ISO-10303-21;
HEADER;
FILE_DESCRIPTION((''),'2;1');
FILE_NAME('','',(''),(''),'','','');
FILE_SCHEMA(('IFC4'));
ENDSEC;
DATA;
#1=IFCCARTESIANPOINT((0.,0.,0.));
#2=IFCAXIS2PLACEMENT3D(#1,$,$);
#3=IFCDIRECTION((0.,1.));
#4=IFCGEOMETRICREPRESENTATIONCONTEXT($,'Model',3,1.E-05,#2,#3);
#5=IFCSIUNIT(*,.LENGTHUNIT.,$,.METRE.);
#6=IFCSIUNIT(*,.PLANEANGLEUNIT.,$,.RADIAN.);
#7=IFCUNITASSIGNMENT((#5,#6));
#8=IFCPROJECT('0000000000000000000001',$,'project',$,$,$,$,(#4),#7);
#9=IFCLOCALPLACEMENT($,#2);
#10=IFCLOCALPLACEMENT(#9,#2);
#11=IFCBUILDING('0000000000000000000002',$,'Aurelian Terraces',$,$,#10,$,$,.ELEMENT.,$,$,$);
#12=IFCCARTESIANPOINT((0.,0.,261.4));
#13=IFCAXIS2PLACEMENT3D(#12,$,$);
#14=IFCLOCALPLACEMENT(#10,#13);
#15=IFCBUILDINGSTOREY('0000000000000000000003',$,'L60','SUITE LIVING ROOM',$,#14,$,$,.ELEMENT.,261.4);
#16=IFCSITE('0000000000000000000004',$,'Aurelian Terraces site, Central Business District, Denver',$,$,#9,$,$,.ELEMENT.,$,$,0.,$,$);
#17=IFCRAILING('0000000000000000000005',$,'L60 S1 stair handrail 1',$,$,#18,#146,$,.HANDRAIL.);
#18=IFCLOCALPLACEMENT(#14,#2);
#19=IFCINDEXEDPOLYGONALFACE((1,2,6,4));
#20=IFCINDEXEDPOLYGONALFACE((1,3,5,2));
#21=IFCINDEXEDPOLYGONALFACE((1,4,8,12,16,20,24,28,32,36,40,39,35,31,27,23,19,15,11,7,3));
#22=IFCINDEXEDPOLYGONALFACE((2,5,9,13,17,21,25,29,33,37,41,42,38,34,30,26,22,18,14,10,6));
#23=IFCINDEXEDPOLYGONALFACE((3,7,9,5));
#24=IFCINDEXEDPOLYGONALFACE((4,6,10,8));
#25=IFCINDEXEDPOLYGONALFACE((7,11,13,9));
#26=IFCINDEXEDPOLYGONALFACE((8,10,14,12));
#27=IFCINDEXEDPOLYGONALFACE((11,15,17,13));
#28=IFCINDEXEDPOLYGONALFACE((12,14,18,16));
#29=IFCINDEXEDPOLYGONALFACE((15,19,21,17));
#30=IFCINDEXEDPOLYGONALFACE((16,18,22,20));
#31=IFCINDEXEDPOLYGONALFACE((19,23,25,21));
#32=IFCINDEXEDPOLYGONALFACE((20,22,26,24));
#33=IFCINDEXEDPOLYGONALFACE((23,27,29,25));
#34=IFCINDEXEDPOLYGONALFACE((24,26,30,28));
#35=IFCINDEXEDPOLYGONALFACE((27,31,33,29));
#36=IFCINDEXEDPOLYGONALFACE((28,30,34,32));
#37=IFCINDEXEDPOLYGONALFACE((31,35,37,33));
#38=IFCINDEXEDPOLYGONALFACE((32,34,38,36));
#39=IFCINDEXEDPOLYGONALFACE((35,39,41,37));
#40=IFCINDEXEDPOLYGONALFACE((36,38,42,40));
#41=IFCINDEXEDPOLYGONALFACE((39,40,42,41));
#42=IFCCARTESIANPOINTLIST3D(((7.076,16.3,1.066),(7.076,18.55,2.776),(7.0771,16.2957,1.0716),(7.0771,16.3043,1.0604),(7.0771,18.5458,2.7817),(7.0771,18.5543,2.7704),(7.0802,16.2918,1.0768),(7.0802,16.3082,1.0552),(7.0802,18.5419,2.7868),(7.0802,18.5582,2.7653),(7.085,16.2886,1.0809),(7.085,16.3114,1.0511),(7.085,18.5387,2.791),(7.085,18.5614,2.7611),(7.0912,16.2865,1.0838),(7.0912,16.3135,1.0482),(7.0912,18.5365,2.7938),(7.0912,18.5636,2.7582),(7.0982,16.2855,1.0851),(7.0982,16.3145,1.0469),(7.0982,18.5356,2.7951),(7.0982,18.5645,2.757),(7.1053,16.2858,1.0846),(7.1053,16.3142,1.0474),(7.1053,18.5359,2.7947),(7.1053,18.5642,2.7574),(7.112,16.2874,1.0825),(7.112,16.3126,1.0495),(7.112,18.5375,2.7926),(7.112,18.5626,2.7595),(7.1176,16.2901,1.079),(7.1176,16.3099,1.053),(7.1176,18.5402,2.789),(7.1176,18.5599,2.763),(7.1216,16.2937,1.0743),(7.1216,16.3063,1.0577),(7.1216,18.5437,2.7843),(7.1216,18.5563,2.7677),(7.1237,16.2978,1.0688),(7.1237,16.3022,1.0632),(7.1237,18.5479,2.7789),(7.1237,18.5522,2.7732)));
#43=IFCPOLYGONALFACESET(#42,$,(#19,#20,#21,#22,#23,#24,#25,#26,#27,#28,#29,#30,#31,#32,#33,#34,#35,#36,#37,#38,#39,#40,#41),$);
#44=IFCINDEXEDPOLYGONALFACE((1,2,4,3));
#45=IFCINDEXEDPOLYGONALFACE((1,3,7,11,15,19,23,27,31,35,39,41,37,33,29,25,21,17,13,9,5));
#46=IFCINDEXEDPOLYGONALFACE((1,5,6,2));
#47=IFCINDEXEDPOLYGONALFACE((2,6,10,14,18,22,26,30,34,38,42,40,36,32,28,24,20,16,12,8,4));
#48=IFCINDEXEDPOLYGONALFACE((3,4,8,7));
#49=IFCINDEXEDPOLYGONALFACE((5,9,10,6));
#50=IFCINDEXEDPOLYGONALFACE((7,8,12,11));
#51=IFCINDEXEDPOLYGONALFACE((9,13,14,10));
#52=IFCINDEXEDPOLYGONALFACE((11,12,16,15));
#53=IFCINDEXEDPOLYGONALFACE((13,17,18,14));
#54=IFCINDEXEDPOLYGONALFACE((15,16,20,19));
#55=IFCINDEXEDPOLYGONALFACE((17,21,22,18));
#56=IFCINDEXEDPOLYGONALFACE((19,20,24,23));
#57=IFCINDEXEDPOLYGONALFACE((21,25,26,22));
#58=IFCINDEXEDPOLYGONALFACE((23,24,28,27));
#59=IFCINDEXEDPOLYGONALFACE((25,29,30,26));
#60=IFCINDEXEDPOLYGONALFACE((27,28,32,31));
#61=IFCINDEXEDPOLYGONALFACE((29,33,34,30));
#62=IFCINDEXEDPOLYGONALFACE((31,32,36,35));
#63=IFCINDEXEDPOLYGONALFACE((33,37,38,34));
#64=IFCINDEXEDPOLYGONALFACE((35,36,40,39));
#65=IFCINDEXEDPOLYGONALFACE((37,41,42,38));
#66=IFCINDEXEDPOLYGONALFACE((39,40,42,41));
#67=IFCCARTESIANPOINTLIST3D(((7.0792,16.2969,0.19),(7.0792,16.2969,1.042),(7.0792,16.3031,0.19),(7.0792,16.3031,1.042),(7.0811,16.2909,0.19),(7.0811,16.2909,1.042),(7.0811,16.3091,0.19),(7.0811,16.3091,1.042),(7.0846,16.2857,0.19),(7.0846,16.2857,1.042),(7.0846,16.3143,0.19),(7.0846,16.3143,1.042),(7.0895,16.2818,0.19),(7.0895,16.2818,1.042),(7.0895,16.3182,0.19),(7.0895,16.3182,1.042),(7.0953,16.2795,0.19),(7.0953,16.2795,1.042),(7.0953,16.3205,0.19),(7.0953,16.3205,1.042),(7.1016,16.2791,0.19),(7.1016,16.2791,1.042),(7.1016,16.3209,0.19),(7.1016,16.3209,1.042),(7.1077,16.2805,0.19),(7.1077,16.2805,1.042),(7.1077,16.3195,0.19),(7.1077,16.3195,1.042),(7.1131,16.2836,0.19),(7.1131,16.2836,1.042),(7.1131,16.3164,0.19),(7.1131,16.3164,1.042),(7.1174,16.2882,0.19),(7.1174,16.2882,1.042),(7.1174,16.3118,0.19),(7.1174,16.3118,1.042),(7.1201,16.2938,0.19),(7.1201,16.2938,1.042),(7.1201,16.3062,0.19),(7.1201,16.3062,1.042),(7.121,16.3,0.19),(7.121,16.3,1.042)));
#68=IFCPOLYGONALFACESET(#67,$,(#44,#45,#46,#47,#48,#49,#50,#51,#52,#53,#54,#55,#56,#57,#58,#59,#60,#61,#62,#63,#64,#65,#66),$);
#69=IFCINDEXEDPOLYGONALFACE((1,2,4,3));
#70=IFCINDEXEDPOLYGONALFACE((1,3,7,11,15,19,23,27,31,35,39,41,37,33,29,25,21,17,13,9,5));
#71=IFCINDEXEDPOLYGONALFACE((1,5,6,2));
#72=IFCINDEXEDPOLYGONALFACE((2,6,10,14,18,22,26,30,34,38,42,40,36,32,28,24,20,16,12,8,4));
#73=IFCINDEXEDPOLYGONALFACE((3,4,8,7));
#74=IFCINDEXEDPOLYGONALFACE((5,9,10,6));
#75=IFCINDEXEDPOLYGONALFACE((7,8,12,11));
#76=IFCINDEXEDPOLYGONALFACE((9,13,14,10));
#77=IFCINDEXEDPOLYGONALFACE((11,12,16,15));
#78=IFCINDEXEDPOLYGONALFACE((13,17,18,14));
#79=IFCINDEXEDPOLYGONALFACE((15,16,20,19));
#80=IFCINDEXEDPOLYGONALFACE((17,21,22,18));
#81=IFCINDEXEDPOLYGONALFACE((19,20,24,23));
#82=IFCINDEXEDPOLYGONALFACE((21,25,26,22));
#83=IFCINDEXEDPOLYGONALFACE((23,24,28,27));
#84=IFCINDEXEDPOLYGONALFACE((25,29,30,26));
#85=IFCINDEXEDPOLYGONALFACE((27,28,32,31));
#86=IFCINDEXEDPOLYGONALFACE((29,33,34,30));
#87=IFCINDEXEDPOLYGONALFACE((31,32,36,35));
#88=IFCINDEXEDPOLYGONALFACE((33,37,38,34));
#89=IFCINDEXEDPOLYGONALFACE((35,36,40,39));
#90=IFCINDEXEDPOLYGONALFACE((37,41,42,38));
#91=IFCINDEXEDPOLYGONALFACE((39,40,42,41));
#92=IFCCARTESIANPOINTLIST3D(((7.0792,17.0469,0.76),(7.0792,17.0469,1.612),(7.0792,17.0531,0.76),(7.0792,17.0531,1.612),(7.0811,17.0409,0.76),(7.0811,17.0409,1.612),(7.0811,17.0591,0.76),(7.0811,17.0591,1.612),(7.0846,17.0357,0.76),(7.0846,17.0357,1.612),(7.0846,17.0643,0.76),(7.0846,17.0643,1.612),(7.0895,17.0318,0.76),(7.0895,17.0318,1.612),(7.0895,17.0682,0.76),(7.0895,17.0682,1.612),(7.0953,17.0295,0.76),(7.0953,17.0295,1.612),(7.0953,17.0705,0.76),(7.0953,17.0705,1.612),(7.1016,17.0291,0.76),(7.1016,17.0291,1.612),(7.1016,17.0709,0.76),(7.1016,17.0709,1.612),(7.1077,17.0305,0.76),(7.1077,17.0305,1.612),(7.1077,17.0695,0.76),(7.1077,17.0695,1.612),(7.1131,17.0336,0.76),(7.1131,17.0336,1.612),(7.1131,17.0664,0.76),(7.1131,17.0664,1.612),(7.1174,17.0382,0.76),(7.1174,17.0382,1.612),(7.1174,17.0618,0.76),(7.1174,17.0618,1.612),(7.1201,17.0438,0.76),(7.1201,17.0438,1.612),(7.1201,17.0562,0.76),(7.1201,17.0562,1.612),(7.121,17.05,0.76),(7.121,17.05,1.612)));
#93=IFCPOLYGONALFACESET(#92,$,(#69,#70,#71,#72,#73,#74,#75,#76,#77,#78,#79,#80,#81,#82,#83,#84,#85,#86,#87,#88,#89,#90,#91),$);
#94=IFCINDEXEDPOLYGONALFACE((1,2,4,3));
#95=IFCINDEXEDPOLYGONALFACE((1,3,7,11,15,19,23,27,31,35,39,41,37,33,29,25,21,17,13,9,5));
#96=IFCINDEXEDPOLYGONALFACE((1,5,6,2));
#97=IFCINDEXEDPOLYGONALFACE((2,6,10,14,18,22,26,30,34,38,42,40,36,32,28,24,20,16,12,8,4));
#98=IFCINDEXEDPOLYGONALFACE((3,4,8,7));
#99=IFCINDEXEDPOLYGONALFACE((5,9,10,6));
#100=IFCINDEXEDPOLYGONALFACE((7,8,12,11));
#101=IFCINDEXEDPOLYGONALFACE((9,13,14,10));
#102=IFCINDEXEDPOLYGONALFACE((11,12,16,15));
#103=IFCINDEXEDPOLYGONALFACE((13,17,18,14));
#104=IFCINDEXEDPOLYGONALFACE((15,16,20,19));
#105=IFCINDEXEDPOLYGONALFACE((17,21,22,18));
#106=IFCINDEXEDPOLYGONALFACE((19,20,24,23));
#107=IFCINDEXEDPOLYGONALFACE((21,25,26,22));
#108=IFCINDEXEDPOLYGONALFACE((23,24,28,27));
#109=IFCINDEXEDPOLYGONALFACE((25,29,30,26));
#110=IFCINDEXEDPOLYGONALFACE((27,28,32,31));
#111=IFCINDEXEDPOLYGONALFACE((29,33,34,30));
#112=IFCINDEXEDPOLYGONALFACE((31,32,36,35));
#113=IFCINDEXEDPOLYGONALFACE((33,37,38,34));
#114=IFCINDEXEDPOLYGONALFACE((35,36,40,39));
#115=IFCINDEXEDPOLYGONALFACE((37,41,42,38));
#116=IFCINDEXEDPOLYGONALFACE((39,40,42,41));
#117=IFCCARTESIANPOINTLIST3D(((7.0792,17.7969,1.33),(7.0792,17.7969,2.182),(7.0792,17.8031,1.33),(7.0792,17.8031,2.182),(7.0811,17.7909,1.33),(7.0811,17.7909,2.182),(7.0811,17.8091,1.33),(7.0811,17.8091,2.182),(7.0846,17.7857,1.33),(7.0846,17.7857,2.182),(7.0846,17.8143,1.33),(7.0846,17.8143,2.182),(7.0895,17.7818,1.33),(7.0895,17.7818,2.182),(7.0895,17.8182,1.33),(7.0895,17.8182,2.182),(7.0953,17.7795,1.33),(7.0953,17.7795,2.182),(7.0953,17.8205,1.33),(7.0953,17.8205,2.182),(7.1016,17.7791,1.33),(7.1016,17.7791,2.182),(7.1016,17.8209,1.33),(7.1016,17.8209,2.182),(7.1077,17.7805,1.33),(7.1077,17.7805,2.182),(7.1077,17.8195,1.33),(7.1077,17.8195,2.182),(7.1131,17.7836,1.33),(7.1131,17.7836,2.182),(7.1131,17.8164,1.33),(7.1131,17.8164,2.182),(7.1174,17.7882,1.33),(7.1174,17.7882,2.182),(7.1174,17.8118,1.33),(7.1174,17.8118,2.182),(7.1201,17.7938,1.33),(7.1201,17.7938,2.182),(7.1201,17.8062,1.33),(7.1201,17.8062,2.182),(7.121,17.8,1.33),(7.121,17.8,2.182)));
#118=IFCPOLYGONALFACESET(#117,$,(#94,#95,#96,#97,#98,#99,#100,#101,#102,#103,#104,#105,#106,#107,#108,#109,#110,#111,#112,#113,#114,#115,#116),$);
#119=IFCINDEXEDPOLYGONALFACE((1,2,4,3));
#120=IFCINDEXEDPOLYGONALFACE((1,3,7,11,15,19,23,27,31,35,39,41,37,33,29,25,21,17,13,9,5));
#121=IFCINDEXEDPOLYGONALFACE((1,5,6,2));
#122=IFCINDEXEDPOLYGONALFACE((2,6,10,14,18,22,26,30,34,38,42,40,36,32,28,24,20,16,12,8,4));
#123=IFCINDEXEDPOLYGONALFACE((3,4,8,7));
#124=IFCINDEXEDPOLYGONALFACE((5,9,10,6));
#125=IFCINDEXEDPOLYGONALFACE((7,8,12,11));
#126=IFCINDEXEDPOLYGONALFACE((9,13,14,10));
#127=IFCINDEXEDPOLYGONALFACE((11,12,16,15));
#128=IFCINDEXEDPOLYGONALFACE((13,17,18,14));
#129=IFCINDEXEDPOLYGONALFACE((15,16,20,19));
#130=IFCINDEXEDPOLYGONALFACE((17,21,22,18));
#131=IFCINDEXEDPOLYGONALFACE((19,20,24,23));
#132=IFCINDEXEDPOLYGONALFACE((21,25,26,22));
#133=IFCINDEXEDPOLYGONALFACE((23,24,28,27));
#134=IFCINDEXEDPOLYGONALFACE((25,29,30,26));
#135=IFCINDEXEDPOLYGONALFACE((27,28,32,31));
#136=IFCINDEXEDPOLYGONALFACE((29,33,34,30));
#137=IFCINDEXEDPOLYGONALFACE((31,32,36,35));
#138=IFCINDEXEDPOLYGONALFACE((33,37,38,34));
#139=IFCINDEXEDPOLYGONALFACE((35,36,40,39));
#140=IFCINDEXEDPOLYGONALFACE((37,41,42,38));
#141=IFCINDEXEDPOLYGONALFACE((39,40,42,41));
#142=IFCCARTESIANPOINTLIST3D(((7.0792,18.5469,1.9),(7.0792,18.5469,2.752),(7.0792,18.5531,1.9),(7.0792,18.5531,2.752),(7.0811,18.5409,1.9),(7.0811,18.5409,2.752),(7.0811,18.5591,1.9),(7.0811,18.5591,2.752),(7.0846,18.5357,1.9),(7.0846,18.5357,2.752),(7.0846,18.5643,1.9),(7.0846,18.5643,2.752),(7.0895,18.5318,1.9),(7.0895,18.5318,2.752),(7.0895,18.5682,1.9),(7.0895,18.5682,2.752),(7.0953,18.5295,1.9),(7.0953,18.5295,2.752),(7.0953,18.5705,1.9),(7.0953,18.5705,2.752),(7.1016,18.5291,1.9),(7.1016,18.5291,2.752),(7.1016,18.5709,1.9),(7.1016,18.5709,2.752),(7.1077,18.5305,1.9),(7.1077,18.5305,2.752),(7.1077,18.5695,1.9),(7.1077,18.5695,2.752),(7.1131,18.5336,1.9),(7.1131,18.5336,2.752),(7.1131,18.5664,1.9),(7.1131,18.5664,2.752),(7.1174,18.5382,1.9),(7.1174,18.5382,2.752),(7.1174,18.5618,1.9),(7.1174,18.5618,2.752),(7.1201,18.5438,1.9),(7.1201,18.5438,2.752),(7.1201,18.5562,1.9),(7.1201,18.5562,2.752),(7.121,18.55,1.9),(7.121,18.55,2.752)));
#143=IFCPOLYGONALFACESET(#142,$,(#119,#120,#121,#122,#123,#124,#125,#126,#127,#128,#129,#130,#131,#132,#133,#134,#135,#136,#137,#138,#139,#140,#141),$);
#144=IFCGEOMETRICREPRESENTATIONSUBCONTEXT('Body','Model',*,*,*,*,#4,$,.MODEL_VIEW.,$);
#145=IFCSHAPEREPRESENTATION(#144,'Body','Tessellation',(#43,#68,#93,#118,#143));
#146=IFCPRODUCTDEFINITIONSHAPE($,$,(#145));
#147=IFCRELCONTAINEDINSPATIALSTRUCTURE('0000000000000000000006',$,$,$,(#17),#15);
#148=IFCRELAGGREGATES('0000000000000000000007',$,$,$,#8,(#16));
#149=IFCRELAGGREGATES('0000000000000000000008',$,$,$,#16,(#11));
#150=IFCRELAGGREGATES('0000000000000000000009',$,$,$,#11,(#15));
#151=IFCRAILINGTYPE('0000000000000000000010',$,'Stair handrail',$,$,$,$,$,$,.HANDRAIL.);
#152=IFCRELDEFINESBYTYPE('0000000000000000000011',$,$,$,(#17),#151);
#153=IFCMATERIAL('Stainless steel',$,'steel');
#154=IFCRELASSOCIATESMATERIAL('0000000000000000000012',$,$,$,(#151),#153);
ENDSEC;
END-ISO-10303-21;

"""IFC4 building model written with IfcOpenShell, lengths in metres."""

from ifc_helpers import new_model, si_unit, direction, frame, origin, origin_2d, place, context, subcontext, project, spatial, circle, extrude, source, transform, mapped, material, type_object, element, save


model = new_model("IFC4")

# Units and contexts
model_context = context("Model", 3, precision=1e-05, world=origin(), true_north=direction((0.0, 1.0)))
body_context = subcontext(model_context, "Body", "Model", "MODEL_VIEW")
ifc_project = project(units=[si_unit("LENGTHUNIT", "METRE"), si_unit("PLANEANGLEUNIT", "RADIAN")], contexts=[model_context])

# Site, building, storey
site_placement = place(None, origin())
site = spatial("IfcSite", under=ifc_project, at=site_placement, Name="Aurelian Terraces site, Central Business District, Denver", CompositionType="ELEMENT", RefElevation=0.0)
building_placement = place(site_placement, origin())
building = spatial("IfcBuilding", under=site, at=building_placement, Name="Aurelian Terraces", CompositionType="ELEMENT")
storey_placement = place(building_placement, frame((0.0, 0.0, 261.4)))
storey = spatial("IfcBuildingStorey", under=building, at=storey_placement, Name="L60", Description="SUITE LIVING ROOM", CompositionType="ELEMENT", Elevation=261.4)

# Railing
ifc_material_1 = material(Name="Stainless steel", Category="steel")
railing_type_1 = type_object("IfcRailingType", Name="Stair handrail", PredefinedType="HANDRAIL", material=ifc_material_1)
shared_shape_1 = source(origin(), body_context, "Body", "SweptSolid", [
    extrude(circle(Radius=0.024, at=origin_2d()), frame((0.0, 0.0, 0.876), z_axis=(0.0, 0.796162, 0.605083), x_axis=(-1.0, 0.0, 0.0)), (0.0, 0.0, 1.0), 2.8261),
    extrude(circle(Radius=0.021, at=origin_2d()), origin(), (0.0, 0.0, 1.0), 0.852),
    extrude(circle(Radius=0.021, at=origin_2d()), frame((0.0, 0.75, 0.57)), (0.0, 0.0, 1.0), 0.852),
    extrude(circle(Radius=0.021, at=origin_2d()), frame((0.0, 1.5, 1.14)), (0.0, 0.0, 1.0), 0.852),
    extrude(circle(Radius=0.021, at=origin_2d()), frame((0.0, 2.25, 1.71)), (0.0, 0.0, 1.0), 0.852),
])
railing_1_placement = place(storey_placement, frame((7.1, 16.3, 0.19)))
element("IfcRailing", 1, at=railing_1_placement, inside=storey, type_object=railing_type_1, Name="L60 S1 stair handrail 1", PredefinedType="HANDRAIL", context=body_context, shape_type="MappedRepresentation", body=[
    mapped(shared_shape_1, transform((0.0, 0.0, 0.0), scale=1.0)),
])

save(model, "model.ifc")
